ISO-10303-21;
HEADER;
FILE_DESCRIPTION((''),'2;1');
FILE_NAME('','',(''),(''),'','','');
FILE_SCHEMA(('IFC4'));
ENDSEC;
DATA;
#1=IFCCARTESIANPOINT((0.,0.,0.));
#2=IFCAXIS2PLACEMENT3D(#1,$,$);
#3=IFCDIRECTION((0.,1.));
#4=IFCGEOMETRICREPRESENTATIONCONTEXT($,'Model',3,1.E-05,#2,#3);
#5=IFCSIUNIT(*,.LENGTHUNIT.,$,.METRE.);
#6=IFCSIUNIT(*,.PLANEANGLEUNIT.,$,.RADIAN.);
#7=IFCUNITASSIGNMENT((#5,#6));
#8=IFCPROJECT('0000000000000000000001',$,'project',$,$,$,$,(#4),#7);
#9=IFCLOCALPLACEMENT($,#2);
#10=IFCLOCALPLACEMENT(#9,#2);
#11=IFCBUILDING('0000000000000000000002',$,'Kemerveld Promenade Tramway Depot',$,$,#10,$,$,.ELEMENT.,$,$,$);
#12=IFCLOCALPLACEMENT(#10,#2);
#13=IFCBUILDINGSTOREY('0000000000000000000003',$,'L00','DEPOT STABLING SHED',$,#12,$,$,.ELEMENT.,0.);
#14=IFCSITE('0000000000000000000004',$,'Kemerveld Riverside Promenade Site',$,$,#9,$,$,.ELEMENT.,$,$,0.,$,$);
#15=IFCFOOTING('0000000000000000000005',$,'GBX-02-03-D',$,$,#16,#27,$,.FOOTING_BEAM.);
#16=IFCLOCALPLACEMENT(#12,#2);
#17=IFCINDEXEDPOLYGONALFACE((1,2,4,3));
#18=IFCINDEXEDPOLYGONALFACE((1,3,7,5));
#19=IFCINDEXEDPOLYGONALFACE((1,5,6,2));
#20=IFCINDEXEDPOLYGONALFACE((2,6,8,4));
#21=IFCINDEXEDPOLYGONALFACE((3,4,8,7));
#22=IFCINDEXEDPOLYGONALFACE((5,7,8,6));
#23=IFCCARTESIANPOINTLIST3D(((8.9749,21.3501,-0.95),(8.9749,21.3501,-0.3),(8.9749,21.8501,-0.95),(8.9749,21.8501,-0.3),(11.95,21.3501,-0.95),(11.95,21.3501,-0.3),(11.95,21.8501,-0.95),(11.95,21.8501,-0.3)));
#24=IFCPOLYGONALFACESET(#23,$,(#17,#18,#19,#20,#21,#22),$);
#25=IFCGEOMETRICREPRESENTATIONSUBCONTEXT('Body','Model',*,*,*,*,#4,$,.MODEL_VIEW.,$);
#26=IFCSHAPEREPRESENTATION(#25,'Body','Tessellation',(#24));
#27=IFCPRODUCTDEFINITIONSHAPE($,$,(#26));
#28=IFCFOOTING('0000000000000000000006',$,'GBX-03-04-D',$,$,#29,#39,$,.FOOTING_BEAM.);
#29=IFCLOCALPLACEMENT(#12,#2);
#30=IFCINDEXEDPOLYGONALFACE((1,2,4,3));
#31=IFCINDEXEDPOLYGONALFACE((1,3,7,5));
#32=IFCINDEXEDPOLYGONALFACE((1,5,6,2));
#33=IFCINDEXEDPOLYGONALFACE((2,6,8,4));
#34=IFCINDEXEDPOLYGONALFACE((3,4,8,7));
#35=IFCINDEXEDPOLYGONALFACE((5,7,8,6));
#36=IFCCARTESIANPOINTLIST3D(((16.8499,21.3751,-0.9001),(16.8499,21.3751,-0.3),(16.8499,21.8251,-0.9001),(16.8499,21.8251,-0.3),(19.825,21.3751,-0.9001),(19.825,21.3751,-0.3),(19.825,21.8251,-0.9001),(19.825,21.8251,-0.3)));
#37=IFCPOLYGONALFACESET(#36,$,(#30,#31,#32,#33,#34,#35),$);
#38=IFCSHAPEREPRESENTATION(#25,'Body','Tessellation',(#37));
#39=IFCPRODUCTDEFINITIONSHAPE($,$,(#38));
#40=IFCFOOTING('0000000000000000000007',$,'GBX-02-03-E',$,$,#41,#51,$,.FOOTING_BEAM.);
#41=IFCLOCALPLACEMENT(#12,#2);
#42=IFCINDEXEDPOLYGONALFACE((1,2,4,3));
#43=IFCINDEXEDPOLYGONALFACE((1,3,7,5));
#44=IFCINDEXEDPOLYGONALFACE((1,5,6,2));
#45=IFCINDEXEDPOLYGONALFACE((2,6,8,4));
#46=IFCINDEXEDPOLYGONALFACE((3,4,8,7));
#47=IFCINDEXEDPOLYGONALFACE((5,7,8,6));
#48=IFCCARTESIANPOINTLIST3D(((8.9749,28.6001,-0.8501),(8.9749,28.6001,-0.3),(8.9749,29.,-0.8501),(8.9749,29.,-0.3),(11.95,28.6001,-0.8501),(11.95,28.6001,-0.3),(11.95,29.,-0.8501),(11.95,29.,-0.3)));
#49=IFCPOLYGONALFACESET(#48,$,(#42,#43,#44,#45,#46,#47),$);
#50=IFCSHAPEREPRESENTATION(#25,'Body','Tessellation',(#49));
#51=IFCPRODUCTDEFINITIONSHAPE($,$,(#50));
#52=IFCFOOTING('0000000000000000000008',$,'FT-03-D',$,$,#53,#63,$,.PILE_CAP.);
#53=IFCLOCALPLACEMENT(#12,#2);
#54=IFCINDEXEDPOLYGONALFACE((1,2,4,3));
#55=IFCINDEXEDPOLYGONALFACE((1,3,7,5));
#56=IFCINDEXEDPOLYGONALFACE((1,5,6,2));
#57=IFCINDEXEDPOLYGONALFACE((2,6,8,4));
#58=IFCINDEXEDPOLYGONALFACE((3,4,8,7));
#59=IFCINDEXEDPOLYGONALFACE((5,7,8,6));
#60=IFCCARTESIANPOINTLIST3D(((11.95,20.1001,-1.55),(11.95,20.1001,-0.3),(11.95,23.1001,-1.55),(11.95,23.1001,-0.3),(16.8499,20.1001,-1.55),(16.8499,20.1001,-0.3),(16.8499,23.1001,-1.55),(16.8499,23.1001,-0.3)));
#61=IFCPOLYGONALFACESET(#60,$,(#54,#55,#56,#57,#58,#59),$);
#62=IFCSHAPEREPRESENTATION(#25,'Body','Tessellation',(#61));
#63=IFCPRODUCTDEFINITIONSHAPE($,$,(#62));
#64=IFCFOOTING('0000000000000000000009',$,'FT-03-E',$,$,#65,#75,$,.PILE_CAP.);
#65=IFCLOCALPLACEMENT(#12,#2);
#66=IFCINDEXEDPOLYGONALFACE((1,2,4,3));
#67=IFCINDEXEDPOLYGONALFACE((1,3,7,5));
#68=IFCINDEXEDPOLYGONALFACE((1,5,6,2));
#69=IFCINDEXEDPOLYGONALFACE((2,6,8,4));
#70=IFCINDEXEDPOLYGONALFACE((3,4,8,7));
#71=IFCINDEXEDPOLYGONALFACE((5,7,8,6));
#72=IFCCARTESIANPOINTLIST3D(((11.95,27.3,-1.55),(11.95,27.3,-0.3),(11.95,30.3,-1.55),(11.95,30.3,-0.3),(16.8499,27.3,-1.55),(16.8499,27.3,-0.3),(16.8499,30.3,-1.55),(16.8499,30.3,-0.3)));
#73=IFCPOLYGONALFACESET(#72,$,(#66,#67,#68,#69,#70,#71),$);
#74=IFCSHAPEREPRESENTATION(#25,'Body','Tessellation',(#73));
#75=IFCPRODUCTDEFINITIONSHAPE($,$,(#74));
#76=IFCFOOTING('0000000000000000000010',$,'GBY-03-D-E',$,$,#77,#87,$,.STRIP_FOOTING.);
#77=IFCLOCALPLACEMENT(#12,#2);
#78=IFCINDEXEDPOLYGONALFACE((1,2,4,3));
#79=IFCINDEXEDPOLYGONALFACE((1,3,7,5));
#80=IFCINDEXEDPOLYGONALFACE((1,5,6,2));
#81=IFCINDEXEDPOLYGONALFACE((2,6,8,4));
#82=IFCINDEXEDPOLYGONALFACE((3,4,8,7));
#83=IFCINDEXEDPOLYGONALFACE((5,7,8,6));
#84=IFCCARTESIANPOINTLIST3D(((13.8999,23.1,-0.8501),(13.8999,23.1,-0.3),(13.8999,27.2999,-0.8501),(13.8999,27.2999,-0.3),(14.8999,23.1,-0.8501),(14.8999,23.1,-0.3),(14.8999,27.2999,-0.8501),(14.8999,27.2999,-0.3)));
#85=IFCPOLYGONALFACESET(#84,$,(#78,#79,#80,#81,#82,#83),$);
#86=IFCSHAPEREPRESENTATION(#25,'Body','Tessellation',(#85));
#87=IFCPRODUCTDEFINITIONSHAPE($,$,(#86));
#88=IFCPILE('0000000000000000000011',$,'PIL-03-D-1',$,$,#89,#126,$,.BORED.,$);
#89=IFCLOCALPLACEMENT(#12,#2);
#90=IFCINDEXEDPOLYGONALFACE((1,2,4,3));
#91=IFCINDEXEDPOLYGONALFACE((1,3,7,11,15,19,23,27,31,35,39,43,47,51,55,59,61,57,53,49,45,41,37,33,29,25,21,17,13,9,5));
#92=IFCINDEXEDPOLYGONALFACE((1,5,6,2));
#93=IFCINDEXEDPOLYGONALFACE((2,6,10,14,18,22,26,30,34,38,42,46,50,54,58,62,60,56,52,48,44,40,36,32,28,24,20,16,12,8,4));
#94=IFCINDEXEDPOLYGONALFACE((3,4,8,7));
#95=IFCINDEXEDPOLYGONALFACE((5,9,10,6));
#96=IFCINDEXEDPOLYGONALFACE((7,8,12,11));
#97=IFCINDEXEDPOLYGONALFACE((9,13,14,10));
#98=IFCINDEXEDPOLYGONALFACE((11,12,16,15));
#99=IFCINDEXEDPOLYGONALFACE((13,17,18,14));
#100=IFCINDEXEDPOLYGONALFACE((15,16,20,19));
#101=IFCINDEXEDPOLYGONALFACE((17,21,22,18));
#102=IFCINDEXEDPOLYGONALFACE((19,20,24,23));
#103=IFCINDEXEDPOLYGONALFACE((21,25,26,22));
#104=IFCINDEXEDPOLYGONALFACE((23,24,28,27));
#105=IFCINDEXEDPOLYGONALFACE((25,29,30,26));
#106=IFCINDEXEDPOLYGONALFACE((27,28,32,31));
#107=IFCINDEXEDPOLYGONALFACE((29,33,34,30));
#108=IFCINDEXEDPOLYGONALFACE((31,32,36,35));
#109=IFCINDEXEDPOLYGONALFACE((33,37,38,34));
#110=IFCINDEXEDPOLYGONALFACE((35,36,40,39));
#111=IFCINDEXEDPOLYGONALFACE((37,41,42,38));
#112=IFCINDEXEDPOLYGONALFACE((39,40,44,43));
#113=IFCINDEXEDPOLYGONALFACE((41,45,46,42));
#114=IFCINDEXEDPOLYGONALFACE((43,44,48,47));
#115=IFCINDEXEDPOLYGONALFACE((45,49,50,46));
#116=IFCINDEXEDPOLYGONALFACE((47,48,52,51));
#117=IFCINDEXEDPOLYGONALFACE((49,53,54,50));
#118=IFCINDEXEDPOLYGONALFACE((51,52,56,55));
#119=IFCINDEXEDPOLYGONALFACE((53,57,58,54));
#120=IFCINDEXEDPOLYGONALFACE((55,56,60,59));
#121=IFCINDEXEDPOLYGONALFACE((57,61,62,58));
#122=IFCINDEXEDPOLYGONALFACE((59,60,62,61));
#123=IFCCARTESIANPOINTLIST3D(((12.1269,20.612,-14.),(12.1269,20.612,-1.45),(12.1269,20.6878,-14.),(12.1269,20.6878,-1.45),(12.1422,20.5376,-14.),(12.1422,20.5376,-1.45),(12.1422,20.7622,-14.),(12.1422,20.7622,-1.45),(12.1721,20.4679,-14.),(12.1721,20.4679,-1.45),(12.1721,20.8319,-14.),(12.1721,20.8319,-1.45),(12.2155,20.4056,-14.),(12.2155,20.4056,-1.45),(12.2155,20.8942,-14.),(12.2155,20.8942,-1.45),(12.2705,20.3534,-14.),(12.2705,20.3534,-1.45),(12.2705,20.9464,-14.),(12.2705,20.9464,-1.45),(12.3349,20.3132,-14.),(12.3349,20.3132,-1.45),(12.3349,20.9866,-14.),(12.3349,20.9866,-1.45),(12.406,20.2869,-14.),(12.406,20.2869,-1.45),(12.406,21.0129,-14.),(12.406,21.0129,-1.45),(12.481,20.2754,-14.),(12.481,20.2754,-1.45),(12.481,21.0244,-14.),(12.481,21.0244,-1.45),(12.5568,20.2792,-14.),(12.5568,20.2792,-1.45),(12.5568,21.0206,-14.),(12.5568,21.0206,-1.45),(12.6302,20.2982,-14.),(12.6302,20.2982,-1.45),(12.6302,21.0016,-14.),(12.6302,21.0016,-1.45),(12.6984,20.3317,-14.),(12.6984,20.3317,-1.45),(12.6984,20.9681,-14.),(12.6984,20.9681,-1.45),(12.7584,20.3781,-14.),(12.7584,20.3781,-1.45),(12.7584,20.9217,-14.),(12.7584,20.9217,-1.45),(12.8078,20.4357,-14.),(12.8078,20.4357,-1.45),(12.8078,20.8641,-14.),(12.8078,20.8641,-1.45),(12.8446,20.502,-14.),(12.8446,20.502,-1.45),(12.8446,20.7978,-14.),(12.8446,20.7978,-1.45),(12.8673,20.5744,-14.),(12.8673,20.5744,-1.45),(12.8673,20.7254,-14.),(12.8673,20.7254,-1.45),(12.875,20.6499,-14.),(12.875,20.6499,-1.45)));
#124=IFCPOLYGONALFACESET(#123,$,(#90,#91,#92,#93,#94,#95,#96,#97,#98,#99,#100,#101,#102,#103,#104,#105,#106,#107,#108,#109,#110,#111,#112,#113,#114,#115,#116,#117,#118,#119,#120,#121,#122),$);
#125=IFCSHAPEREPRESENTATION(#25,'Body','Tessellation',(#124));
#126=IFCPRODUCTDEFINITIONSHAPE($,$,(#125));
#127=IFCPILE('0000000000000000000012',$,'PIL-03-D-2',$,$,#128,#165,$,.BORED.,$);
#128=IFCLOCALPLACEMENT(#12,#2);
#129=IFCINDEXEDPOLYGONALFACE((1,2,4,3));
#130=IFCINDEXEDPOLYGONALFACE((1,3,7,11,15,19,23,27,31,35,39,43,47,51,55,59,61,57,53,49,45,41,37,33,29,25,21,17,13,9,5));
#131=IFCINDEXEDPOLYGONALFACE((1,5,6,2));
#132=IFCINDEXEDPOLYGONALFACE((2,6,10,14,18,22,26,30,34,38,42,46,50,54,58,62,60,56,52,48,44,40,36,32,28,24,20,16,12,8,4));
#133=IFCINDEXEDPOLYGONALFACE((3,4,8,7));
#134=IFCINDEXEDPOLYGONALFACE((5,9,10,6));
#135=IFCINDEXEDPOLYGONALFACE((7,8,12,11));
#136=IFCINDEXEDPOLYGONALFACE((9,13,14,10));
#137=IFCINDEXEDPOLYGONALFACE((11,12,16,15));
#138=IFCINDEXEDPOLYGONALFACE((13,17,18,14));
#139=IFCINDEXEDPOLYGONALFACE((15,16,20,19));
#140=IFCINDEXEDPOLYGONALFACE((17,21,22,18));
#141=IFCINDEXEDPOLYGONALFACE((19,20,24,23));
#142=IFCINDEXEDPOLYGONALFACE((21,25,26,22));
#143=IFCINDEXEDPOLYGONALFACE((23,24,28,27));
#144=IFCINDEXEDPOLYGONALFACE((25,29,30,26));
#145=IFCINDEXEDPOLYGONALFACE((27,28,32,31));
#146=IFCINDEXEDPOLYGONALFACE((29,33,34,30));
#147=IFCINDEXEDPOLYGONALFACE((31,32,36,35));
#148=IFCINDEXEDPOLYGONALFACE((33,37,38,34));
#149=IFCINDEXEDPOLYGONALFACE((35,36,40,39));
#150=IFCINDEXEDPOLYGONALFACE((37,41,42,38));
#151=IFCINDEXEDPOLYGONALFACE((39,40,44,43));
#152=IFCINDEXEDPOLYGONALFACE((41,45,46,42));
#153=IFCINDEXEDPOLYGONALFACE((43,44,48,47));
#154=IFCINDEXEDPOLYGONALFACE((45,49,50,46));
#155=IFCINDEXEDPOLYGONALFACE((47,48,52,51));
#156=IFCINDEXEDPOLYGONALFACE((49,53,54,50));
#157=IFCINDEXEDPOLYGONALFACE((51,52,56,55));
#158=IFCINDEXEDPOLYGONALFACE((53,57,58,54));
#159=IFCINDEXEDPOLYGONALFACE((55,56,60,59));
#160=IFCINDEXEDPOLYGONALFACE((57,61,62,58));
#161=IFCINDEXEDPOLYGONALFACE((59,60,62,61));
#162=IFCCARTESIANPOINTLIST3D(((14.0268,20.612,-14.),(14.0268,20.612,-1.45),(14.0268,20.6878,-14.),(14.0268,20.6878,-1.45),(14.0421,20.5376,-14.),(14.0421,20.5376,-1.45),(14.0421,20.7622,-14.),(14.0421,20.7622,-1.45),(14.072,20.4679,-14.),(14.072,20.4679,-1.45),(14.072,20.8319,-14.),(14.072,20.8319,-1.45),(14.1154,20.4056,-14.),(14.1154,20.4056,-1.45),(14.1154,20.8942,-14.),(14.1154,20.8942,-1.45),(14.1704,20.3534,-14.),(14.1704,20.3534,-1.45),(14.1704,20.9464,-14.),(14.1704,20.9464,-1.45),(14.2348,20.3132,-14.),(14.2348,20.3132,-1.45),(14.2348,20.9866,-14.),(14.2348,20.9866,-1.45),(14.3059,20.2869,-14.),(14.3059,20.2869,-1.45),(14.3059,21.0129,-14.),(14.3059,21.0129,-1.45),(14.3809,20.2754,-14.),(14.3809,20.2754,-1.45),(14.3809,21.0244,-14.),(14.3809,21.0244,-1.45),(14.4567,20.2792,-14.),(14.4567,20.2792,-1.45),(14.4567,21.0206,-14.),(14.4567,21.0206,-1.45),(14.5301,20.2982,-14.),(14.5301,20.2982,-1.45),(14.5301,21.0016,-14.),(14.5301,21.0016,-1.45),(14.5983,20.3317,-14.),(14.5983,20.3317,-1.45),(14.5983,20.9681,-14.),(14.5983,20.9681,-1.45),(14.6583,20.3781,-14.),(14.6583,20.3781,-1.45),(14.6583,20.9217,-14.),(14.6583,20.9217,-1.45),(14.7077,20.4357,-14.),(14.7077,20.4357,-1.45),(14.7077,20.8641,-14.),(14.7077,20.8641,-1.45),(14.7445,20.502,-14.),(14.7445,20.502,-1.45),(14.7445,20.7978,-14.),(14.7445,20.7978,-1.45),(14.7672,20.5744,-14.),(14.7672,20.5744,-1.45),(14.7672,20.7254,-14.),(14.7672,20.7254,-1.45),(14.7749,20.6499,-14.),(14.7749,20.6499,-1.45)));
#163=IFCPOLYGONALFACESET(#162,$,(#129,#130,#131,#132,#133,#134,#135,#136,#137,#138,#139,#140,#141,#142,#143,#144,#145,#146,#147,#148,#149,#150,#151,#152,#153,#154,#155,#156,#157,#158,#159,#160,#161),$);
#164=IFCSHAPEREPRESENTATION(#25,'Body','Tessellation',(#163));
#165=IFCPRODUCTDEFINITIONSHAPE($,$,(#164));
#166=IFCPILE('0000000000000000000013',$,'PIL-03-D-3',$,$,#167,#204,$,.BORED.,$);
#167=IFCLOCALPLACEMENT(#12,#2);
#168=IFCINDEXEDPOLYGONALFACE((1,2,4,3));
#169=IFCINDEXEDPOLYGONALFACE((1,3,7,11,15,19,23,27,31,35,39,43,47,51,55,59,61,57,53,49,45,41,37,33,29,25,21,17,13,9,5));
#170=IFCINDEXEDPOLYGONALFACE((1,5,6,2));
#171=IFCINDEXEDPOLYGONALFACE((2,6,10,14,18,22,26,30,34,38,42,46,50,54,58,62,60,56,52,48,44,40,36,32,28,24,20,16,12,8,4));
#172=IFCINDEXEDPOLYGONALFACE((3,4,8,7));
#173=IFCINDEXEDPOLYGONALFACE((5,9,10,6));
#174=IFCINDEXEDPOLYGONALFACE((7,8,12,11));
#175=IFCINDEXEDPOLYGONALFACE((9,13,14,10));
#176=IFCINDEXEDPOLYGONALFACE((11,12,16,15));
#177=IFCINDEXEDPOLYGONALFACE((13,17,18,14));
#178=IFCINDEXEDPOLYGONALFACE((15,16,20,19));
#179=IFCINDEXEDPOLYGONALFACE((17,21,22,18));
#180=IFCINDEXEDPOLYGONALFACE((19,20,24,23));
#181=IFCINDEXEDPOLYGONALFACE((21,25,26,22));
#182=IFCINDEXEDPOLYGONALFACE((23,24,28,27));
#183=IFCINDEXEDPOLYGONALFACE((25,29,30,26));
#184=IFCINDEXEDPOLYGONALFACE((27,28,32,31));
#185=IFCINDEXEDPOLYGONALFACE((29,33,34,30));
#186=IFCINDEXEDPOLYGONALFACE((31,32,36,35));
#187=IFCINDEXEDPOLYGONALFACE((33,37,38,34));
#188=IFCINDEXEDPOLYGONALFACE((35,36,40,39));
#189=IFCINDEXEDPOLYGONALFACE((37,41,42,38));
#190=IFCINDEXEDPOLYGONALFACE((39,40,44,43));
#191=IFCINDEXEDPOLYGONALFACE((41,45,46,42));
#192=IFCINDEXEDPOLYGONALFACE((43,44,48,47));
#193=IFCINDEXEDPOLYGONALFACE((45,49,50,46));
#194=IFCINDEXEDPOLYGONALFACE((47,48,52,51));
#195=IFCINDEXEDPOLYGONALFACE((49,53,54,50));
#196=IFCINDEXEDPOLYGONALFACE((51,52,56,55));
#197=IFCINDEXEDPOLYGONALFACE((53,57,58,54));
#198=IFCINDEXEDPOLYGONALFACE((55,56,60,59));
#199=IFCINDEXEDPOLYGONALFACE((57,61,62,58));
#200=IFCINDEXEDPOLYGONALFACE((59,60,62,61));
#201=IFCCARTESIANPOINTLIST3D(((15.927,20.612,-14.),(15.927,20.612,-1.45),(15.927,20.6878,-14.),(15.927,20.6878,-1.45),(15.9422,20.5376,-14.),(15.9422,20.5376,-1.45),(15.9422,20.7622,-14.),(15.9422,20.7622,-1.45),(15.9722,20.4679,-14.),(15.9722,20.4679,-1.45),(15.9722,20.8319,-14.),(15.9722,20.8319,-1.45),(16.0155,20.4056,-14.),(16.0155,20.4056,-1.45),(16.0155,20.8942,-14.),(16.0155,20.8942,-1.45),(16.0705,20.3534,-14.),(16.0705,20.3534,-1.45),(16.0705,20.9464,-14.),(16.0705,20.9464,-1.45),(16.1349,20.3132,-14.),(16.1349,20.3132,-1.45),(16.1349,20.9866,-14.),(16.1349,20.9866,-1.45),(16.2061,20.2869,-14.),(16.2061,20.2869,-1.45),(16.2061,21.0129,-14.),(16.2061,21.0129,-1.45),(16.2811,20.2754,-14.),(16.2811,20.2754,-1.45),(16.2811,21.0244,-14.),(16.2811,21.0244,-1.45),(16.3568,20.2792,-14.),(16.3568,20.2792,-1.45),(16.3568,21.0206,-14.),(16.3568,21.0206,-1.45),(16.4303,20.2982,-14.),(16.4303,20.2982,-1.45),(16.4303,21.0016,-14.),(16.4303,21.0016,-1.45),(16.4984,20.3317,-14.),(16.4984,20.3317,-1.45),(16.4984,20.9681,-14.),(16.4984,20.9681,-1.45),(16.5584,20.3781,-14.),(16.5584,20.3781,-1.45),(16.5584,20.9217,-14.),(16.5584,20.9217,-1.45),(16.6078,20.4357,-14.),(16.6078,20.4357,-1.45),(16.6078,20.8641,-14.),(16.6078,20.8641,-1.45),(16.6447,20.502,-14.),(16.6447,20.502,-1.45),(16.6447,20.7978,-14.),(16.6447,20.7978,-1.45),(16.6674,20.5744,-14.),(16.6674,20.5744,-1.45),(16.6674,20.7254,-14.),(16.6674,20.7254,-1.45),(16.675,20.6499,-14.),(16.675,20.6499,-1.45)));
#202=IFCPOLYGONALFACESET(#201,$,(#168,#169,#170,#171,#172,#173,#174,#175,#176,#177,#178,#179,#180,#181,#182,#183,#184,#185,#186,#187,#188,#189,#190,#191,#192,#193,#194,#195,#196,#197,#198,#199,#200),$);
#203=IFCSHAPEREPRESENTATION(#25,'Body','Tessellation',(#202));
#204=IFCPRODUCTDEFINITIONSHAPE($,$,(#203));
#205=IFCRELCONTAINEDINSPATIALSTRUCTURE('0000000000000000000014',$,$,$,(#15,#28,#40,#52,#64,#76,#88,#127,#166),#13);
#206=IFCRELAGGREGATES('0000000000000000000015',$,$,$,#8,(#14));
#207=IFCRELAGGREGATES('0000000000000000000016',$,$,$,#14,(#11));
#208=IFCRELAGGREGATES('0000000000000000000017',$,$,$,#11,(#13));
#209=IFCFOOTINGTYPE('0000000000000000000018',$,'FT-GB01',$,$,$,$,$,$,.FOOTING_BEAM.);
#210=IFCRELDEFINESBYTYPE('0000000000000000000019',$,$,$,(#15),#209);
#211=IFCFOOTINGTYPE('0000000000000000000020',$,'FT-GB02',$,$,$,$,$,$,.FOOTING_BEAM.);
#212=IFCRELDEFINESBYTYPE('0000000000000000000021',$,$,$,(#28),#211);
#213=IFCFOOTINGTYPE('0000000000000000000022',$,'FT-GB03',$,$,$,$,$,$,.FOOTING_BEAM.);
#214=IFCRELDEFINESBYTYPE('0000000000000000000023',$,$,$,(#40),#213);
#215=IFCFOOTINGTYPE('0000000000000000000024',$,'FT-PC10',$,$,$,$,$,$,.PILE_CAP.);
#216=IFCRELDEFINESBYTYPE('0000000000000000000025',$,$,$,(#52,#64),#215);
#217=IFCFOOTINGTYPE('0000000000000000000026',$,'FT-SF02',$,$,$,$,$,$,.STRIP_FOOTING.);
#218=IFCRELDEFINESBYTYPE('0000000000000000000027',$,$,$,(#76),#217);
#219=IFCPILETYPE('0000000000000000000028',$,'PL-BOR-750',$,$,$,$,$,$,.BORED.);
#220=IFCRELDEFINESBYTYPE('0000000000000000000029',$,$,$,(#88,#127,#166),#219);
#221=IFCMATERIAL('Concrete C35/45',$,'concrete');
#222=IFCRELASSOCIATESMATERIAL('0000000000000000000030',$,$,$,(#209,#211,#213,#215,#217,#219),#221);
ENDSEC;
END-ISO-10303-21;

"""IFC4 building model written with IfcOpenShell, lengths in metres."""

from ifc_helpers import new_model, si_unit, direction, frame, origin, origin_2d, place, context, subcontext, project, spatial, rectangle, circle, extrude, material, material_profile, profile_set, type_object, element, save


model = new_model("IFC4")

# Units and contexts
model_context = context("Model", 3, precision=1e-05, world=origin(), true_north=direction((0.0, 1.0)))
body_context = subcontext(model_context, "Body", "Model", "MODEL_VIEW")
ifc_project = project(units=[si_unit("LENGTHUNIT", "METRE"), si_unit("PLANEANGLEUNIT", "RADIAN")], contexts=[model_context])

# Site, building, storey
site_placement = place(None, origin())
site = spatial("IfcSite", under=ifc_project, at=site_placement, Name="Kemerveld Riverside Promenade Site", CompositionType="ELEMENT", RefElevation=0.0)
building_placement = place(site_placement, origin())
building = spatial("IfcBuilding", under=site, at=building_placement, Name="Kemerveld Promenade Tramway Depot", CompositionType="ELEMENT")
storey_placement = place(building_placement, origin())
storey = spatial("IfcBuildingStorey", under=building, at=storey_placement, Name="L00", Description="DEPOT STABLING SHED", CompositionType="ELEMENT", Elevation=0.0)

# Footings
ifc_material_1 = material(Name="Concrete C35/45", Category="concrete")
footing_type_1 = type_object("IfcFootingType", Name="FT-GB01", PredefinedType="FOOTING_BEAM", material=ifc_material_1)
footing_1_placement = place(storey_placement, frame((10.4624, 21.6001, -0.95), z_axis=(0.0, 0.0, 1.0), x_axis=(1.0, 0.0, 0.0)))
element("IfcFooting", 1, at=footing_1_placement, inside=storey, type_object=footing_type_1, Name="GBX-02-03-D", PredefinedType="FOOTING_BEAM", context=body_context, shape_type="SweptSolid", body=[
    extrude(rectangle(XDim=2.9751, YDim=0.5, at=origin_2d()), origin(), (0.0, 0.0, 1.0), 0.6499),
])
footing_type_2 = type_object("IfcFootingType", Name="FT-GB02", PredefinedType="FOOTING_BEAM", material=ifc_material_1)
footing_2_placement = place(storey_placement, frame((18.3374, 21.6001, -0.9001), z_axis=(0.0, 0.0, 1.0), x_axis=(1.0, 0.0, 0.0)))
element("IfcFooting", 2, at=footing_2_placement, inside=storey, type_object=footing_type_2, Name="GBX-03-04-D", PredefinedType="FOOTING_BEAM", context=body_context, shape_type="SweptSolid", body=[
    extrude(rectangle(XDim=2.9751, YDim=0.45, at=origin_2d()), origin(), (0.0, 0.0, 1.0), 0.6001),
])
footing_type_3 = type_object("IfcFootingType", Name="FT-GB03", PredefinedType="FOOTING_BEAM", material=ifc_material_1)
footing_3_placement = place(storey_placement, frame((10.4624, 28.8, -0.8501), z_axis=(0.0, 0.0, 1.0), x_axis=(1.0, 0.0, 0.0)))
element("IfcFooting", 3, at=footing_3_placement, inside=storey, type_object=footing_type_3, Name="GBX-02-03-E", PredefinedType="FOOTING_BEAM", context=body_context, shape_type="SweptSolid", body=[
    extrude(rectangle(XDim=2.9751, YDim=0.3999, at=origin_2d()), origin(), (0.0, 0.0, 1.0), 0.55),
])
footing_type_4 = type_object("IfcFootingType", Name="FT-PC10", PredefinedType="PILE_CAP", material=ifc_material_1)
for number, where, z_axis, x_axis, name in (
    (4, (14.3999, 21.6001, -1.55), (0.0, 0.0, 1.0), (1.0, 0.0, 0.0), "FT-03-D"),
    (5, (14.3999, 28.8, -1.55), (0.0, 0.0, 1.0), (1.0, 0.0, 0.0), "FT-03-E"),
):
    element("IfcFooting", number, at=place(storey_placement, frame(where, z_axis=z_axis, x_axis=x_axis)), inside=storey, type_object=footing_type_4, Name=name, PredefinedType="PILE_CAP", context=body_context, shape_type="SweptSolid", body=[
        extrude(rectangle(XDim=4.8999, YDim=3.0, at=origin_2d()), origin(), (0.0, 0.0, 1.0), 1.25),
    ])
footing_type_5 = type_object("IfcFootingType", Name="FT-SF02", PredefinedType="STRIP_FOOTING", material=ifc_material_1)
footing_4_placement = place(storey_placement, frame((14.3999, 25.2, -0.8501), z_axis=(0.0, 0.0, 1.0), x_axis=(0.0, 1.0, 0.0)))
element("IfcFooting", 6, at=footing_4_placement, inside=storey, type_object=footing_type_5, Name="GBY-03-D-E", PredefinedType="STRIP_FOOTING", context=body_context, shape_type="SweptSolid", body=[
    extrude(rectangle(XDim=4.2, YDim=1.0, at=origin_2d()), origin(), (0.0, 0.0, 1.0), 0.55),
])

# Piles
ifc_material_profile_1 = material_profile(ifc_material_1, circle(Radius=0.375, at=origin_2d()), Name="PILE-D750")
ifc_profile_set_1 = profile_set([ifc_material_profile_1], Name="Concrete C35/45")
pile_type_1 = type_object("IfcPileType", Name="PL-BOR-750", PredefinedType="BORED", material=ifc_profile_set_1)
for number, where, z_axis, x_axis, name in (
    (7, (12.5, 20.6499, -1.45), (0.0, 0.0, -1.0), (1.0, 0.0, 0.0), "PIL-03-D-1"),
    (8, (14.3999, 20.6499, -1.45), (0.0, 0.0, -1.0), (1.0, 0.0, 0.0), "PIL-03-D-2"),
    (9, (16.3, 20.6499, -1.45), (0.0, 0.0, -1.0), (1.0, 0.0, 0.0), "PIL-03-D-3"),
):
    element("IfcPile", number, at=place(storey_placement, frame(where, z_axis=z_axis, x_axis=x_axis)), inside=storey, type_object=pile_type_1, Name=name, PredefinedType="BORED", context=body_context, shape_type="SweptSolid", body=[
        extrude(circle(Radius=0.375, at=origin_2d()), origin(), (0.0, 0.0, 1.0), 12.55),
    ])

save(model, "model.ifc")
